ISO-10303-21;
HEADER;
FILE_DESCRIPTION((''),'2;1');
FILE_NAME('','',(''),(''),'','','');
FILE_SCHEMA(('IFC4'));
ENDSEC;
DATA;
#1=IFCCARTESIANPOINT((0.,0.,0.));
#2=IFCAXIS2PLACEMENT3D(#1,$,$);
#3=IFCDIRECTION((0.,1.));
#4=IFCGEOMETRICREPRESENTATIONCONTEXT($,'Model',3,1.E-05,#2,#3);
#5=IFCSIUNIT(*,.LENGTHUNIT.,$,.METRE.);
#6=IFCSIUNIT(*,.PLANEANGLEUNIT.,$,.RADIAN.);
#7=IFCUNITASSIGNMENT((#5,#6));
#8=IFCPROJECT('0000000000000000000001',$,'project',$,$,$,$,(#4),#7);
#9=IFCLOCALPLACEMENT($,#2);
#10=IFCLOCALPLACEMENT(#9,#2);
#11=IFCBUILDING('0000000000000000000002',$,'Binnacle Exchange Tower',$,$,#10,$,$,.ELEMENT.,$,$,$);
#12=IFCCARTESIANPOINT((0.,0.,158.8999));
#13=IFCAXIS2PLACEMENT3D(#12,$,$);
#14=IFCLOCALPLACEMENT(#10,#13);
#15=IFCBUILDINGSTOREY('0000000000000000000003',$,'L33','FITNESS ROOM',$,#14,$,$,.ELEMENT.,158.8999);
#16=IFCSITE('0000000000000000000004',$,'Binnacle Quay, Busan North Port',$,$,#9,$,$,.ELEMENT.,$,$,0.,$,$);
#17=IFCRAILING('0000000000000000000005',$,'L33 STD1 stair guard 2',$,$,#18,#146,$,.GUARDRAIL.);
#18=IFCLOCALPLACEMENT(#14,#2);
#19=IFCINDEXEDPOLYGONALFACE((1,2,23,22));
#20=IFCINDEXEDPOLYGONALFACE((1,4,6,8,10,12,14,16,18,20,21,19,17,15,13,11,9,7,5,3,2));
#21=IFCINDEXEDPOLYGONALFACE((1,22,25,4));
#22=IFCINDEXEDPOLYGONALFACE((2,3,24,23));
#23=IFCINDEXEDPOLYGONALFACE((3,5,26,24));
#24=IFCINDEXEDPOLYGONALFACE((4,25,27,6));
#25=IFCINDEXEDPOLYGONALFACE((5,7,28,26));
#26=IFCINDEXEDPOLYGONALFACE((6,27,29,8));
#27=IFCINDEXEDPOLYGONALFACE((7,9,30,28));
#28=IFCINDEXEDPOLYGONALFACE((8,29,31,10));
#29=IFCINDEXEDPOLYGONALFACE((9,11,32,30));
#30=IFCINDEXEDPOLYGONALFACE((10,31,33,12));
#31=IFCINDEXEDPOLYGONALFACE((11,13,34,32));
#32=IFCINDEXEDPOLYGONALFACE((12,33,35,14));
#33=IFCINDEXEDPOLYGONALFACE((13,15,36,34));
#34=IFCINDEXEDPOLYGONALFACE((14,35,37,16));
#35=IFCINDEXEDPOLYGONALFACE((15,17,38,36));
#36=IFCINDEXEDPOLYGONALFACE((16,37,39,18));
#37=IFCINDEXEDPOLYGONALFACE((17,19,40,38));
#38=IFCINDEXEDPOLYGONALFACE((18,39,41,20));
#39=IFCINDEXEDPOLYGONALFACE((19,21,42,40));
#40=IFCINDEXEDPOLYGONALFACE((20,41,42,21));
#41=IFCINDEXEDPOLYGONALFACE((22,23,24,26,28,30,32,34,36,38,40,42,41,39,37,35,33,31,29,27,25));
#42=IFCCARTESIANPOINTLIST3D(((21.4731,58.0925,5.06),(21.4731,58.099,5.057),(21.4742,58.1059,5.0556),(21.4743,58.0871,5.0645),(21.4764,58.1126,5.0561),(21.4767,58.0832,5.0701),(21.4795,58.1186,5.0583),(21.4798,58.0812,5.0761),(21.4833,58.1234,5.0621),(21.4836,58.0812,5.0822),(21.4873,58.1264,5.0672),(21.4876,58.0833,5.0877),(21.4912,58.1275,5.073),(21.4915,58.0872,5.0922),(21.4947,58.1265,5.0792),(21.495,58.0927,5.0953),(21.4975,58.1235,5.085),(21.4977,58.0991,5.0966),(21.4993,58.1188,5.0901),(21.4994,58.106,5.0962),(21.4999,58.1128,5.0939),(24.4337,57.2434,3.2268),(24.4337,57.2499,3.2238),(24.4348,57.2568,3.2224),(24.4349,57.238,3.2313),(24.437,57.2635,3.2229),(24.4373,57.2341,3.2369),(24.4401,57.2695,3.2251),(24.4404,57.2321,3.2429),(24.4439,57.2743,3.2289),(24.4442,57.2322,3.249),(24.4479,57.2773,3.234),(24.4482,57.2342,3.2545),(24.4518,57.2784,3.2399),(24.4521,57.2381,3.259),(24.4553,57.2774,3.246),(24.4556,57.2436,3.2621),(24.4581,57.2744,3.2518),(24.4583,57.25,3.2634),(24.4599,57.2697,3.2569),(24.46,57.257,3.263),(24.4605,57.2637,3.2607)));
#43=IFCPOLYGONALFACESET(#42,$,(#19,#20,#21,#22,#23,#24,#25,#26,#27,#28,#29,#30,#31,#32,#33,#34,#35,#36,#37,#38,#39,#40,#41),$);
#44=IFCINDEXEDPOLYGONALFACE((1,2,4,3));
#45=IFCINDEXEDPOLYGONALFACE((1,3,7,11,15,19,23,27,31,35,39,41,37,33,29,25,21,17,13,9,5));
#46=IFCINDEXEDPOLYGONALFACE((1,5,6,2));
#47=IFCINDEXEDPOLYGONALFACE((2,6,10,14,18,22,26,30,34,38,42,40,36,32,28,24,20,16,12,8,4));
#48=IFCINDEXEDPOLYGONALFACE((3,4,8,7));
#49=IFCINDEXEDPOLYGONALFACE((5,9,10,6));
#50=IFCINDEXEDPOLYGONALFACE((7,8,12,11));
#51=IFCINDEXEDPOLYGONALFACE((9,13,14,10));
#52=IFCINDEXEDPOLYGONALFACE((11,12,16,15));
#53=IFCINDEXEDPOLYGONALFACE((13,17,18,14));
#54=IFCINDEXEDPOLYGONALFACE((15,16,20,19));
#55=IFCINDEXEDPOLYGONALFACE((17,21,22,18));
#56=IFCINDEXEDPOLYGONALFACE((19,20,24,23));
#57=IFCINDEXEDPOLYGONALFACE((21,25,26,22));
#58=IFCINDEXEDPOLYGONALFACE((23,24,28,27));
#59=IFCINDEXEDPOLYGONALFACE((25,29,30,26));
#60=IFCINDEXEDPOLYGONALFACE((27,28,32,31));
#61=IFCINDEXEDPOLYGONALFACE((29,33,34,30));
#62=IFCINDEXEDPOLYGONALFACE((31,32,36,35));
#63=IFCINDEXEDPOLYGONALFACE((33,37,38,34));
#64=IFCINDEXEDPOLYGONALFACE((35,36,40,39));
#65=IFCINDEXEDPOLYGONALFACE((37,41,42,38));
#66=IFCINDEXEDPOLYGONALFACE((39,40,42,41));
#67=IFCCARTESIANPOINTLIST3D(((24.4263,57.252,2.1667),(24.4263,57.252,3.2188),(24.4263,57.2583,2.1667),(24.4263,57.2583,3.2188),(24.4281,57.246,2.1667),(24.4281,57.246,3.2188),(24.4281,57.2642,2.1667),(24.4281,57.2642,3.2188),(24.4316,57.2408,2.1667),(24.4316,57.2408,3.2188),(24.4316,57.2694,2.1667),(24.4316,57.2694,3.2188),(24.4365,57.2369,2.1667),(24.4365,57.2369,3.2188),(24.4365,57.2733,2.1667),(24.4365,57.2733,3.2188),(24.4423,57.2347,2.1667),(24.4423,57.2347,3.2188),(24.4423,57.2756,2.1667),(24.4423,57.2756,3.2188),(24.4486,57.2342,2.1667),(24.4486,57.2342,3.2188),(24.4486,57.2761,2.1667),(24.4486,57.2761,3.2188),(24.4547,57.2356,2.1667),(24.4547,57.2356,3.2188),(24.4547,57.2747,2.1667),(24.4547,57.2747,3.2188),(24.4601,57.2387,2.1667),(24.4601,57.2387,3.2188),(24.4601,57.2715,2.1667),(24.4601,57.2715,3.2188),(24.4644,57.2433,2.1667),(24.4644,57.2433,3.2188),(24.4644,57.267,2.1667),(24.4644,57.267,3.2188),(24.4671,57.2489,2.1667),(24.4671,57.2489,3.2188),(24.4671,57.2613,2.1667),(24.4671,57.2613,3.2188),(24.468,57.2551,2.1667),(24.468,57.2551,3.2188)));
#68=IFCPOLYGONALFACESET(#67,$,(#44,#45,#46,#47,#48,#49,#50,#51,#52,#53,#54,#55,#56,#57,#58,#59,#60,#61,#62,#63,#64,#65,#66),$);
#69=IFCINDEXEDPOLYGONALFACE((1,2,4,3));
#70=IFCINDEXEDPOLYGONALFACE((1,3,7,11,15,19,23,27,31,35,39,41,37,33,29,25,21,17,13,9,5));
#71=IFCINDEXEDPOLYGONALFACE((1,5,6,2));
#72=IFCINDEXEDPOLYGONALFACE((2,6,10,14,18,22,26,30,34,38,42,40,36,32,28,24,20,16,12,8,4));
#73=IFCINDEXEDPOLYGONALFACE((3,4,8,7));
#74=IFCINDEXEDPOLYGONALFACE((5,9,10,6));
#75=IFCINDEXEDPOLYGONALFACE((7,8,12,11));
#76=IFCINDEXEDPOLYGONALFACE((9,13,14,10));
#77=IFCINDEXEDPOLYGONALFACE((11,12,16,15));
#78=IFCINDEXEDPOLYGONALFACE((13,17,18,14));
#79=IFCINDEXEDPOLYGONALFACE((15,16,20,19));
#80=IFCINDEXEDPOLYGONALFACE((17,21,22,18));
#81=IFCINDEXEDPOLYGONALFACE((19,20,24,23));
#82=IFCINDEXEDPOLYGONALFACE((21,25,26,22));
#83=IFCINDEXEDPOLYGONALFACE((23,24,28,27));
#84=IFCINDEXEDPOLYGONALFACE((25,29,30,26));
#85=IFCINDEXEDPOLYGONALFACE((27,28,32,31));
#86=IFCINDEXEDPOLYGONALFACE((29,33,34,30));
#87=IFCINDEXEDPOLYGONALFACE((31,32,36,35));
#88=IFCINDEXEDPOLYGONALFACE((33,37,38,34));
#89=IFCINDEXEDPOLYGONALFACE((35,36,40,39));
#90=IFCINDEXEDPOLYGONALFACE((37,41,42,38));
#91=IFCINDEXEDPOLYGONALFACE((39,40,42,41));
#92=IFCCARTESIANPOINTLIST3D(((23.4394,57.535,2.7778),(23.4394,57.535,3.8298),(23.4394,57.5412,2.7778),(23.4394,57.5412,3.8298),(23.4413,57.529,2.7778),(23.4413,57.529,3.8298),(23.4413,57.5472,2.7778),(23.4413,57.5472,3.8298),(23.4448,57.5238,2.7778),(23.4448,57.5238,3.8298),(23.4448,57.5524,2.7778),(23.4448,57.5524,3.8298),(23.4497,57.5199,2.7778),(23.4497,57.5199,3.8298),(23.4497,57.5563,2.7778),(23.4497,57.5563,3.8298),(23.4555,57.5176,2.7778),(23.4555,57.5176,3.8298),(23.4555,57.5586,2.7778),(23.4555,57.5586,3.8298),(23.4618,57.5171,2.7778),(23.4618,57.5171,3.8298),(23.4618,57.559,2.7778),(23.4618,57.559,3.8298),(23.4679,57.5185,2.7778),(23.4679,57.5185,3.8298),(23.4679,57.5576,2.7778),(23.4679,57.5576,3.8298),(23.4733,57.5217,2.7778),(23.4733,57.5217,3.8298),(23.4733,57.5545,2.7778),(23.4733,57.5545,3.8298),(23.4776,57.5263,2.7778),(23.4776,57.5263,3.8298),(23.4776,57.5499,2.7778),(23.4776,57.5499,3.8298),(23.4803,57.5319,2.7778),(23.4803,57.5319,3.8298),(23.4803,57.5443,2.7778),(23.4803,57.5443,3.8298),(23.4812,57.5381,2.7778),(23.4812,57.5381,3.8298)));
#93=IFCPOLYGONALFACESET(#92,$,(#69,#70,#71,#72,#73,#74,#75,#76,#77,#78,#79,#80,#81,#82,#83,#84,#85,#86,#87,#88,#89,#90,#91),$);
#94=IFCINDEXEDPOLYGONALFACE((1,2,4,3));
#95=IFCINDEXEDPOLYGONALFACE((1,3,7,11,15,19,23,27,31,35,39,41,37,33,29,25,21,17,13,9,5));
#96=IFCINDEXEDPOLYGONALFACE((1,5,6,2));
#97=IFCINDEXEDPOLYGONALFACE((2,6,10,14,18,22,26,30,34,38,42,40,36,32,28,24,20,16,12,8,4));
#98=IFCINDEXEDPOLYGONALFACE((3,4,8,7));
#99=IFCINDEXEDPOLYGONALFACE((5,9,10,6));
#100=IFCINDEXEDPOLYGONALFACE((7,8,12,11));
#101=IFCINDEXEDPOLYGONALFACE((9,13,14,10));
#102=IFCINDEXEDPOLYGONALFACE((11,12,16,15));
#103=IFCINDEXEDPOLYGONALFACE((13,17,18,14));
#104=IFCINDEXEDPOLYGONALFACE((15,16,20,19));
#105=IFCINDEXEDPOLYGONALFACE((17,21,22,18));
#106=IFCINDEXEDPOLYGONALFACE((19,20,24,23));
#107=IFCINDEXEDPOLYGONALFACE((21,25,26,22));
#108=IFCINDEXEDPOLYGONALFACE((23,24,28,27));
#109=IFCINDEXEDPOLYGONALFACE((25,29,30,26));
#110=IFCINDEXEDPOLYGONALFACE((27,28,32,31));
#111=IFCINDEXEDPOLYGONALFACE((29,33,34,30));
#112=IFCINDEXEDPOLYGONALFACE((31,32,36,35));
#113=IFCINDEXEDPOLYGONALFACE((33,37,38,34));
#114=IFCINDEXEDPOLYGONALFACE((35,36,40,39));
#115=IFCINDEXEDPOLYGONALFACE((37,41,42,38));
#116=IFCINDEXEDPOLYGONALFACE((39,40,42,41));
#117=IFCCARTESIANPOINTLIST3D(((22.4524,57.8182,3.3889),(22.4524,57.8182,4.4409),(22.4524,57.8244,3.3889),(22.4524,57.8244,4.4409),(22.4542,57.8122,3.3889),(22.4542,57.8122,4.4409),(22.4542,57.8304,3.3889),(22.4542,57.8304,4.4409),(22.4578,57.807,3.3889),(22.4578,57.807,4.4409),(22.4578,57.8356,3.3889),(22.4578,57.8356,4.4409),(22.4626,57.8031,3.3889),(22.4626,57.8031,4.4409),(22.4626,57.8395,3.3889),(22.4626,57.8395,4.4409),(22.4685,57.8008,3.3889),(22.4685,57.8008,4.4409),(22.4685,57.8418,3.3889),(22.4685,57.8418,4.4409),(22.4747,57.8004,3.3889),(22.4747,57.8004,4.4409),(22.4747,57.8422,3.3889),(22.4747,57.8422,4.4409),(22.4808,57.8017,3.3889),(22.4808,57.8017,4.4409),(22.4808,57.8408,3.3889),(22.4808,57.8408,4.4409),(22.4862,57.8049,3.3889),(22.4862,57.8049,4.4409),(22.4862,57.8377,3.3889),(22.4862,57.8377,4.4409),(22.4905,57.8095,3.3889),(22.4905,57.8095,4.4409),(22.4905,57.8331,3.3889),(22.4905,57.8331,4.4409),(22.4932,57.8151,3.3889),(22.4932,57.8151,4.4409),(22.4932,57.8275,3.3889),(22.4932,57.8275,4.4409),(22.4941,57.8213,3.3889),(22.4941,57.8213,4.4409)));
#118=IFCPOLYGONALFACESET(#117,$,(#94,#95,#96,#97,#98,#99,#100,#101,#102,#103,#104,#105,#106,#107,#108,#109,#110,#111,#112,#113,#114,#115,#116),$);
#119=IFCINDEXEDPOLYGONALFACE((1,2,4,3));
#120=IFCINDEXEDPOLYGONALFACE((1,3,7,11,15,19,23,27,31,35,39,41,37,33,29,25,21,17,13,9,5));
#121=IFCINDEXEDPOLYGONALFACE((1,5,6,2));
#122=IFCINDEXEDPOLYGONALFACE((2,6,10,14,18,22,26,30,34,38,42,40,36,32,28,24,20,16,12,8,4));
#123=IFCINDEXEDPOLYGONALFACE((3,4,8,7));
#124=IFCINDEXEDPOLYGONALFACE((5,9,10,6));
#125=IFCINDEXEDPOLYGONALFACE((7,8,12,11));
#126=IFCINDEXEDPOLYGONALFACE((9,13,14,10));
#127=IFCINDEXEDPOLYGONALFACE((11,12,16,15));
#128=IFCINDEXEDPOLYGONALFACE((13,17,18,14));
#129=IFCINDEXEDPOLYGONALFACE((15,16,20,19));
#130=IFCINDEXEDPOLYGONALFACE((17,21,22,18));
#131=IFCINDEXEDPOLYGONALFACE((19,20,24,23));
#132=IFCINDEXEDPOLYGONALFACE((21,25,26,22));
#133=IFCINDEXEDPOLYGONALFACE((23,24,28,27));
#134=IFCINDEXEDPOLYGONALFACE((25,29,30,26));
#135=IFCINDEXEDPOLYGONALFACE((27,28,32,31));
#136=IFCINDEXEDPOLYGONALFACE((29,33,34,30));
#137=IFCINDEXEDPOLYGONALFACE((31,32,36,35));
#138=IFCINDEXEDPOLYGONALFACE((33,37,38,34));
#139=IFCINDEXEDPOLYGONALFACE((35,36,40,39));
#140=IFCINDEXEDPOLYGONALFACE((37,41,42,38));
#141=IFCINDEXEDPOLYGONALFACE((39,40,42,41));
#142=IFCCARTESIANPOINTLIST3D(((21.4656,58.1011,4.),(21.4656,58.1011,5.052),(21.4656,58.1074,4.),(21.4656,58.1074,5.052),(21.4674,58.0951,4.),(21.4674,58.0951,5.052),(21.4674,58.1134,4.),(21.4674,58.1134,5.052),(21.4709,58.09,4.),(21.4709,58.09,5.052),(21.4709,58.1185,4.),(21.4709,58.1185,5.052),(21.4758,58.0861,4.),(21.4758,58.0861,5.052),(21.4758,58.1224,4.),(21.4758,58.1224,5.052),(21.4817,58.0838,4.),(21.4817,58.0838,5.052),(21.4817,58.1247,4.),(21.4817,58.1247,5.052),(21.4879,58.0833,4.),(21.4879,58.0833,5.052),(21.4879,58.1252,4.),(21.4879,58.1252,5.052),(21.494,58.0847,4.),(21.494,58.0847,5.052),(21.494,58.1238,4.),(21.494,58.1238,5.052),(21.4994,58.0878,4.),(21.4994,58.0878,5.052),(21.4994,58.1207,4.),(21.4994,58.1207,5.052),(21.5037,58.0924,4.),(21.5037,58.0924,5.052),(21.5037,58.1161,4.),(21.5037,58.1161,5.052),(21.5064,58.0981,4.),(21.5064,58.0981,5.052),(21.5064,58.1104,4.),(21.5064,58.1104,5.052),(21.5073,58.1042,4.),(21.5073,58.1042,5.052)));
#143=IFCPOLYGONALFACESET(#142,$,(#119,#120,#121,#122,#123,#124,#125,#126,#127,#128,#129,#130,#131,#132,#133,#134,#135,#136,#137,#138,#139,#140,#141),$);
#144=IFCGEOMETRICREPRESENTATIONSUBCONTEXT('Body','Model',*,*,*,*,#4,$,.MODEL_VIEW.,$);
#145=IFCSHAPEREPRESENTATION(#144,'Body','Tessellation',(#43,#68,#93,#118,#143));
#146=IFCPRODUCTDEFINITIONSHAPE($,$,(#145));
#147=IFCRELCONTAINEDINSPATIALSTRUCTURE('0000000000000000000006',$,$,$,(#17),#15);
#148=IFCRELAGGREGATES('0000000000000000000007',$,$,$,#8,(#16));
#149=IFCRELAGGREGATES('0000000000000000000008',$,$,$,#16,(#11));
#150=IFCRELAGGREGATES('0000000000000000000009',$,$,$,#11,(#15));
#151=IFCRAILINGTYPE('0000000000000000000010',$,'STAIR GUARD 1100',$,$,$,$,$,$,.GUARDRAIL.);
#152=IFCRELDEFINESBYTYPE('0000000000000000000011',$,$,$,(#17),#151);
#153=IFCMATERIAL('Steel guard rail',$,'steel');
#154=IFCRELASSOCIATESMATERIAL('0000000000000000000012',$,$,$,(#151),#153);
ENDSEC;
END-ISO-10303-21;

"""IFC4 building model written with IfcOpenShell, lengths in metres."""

from ifc_helpers import new_model, si_unit, direction, frame, origin, origin_2d, place, context, subcontext, project, spatial, circle, extrude, material, type_object, element, save


model = new_model("IFC4")

# Units and contexts
model_context = context("Model", 3, precision=1e-05, world=origin(), true_north=direction((0.0, 1.0)))
body_context = subcontext(model_context, "Body", "Model", "MODEL_VIEW")
ifc_project = project(units=[si_unit("LENGTHUNIT", "METRE"), si_unit("PLANEANGLEUNIT", "RADIAN")], contexts=[model_context])

# Site, building, storey
site_placement = place(None, origin())
site = spatial("IfcSite", under=ifc_project, at=site_placement, Name="Binnacle Quay, Busan North Port", CompositionType="ELEMENT", RefElevation=0.0)
building_placement = place(site_placement, origin())
building = spatial("IfcBuilding", under=site, at=building_placement, Name="Binnacle Exchange Tower", CompositionType="ELEMENT")
storey_placement = place(building_placement, frame((0.0, 0.0, 158.8999)))
storey = spatial("IfcBuildingStorey", under=building, at=storey_placement, Name="L33", Description="FITNESS ROOM", CompositionType="ELEMENT", Elevation=158.8999)

# Railing
ifc_material_1 = material(Name="Steel guard rail", Category="steel")
railing_type = type_object("IfcRailingType", Name="STAIR GUARD 1100", PredefinedType="GUARDRAIL", material=ifc_material_1)
railing_placement = place(storey_placement, frame((24.447, 57.2551, 2.1667)))
element("IfcRailing", 1, at=railing_placement, inside=storey, type_object=railing_type, Name="L33 STD1 stair guard 2", PredefinedType="GUARDRAIL", context=body_context, shape_type="SweptSolid", body=[
    extrude(circle(Radius=0.0239, at=origin_2d()), frame((0.0, 0.0, 1.0762), z_axis=(-0.826007, 0.236897, 0.511461), x_axis=(-0.275684, -0.961248, 0.0)), (0.0, 0.0, 1.0), 3.5842),
    extrude(circle(Radius=0.021, at=origin_2d()), origin(), (0.0, 0.0, 1.0), 1.052),
    extrude(circle(Radius=0.021, at=origin_2d()), frame((-0.9868, 0.283, 0.6111)), (0.0, 0.0, 1.0), 1.052),
    extrude(circle(Radius=0.021, at=origin_2d()), frame((-1.9739, 0.5662, 1.2222)), (0.0, 0.0, 1.0), 1.052),
    extrude(circle(Radius=0.021, at=origin_2d()), frame((-2.9607, 0.8491, 1.8333)), (0.0, 0.0, 1.0), 1.052),
])

save(model, "model.ifc")
